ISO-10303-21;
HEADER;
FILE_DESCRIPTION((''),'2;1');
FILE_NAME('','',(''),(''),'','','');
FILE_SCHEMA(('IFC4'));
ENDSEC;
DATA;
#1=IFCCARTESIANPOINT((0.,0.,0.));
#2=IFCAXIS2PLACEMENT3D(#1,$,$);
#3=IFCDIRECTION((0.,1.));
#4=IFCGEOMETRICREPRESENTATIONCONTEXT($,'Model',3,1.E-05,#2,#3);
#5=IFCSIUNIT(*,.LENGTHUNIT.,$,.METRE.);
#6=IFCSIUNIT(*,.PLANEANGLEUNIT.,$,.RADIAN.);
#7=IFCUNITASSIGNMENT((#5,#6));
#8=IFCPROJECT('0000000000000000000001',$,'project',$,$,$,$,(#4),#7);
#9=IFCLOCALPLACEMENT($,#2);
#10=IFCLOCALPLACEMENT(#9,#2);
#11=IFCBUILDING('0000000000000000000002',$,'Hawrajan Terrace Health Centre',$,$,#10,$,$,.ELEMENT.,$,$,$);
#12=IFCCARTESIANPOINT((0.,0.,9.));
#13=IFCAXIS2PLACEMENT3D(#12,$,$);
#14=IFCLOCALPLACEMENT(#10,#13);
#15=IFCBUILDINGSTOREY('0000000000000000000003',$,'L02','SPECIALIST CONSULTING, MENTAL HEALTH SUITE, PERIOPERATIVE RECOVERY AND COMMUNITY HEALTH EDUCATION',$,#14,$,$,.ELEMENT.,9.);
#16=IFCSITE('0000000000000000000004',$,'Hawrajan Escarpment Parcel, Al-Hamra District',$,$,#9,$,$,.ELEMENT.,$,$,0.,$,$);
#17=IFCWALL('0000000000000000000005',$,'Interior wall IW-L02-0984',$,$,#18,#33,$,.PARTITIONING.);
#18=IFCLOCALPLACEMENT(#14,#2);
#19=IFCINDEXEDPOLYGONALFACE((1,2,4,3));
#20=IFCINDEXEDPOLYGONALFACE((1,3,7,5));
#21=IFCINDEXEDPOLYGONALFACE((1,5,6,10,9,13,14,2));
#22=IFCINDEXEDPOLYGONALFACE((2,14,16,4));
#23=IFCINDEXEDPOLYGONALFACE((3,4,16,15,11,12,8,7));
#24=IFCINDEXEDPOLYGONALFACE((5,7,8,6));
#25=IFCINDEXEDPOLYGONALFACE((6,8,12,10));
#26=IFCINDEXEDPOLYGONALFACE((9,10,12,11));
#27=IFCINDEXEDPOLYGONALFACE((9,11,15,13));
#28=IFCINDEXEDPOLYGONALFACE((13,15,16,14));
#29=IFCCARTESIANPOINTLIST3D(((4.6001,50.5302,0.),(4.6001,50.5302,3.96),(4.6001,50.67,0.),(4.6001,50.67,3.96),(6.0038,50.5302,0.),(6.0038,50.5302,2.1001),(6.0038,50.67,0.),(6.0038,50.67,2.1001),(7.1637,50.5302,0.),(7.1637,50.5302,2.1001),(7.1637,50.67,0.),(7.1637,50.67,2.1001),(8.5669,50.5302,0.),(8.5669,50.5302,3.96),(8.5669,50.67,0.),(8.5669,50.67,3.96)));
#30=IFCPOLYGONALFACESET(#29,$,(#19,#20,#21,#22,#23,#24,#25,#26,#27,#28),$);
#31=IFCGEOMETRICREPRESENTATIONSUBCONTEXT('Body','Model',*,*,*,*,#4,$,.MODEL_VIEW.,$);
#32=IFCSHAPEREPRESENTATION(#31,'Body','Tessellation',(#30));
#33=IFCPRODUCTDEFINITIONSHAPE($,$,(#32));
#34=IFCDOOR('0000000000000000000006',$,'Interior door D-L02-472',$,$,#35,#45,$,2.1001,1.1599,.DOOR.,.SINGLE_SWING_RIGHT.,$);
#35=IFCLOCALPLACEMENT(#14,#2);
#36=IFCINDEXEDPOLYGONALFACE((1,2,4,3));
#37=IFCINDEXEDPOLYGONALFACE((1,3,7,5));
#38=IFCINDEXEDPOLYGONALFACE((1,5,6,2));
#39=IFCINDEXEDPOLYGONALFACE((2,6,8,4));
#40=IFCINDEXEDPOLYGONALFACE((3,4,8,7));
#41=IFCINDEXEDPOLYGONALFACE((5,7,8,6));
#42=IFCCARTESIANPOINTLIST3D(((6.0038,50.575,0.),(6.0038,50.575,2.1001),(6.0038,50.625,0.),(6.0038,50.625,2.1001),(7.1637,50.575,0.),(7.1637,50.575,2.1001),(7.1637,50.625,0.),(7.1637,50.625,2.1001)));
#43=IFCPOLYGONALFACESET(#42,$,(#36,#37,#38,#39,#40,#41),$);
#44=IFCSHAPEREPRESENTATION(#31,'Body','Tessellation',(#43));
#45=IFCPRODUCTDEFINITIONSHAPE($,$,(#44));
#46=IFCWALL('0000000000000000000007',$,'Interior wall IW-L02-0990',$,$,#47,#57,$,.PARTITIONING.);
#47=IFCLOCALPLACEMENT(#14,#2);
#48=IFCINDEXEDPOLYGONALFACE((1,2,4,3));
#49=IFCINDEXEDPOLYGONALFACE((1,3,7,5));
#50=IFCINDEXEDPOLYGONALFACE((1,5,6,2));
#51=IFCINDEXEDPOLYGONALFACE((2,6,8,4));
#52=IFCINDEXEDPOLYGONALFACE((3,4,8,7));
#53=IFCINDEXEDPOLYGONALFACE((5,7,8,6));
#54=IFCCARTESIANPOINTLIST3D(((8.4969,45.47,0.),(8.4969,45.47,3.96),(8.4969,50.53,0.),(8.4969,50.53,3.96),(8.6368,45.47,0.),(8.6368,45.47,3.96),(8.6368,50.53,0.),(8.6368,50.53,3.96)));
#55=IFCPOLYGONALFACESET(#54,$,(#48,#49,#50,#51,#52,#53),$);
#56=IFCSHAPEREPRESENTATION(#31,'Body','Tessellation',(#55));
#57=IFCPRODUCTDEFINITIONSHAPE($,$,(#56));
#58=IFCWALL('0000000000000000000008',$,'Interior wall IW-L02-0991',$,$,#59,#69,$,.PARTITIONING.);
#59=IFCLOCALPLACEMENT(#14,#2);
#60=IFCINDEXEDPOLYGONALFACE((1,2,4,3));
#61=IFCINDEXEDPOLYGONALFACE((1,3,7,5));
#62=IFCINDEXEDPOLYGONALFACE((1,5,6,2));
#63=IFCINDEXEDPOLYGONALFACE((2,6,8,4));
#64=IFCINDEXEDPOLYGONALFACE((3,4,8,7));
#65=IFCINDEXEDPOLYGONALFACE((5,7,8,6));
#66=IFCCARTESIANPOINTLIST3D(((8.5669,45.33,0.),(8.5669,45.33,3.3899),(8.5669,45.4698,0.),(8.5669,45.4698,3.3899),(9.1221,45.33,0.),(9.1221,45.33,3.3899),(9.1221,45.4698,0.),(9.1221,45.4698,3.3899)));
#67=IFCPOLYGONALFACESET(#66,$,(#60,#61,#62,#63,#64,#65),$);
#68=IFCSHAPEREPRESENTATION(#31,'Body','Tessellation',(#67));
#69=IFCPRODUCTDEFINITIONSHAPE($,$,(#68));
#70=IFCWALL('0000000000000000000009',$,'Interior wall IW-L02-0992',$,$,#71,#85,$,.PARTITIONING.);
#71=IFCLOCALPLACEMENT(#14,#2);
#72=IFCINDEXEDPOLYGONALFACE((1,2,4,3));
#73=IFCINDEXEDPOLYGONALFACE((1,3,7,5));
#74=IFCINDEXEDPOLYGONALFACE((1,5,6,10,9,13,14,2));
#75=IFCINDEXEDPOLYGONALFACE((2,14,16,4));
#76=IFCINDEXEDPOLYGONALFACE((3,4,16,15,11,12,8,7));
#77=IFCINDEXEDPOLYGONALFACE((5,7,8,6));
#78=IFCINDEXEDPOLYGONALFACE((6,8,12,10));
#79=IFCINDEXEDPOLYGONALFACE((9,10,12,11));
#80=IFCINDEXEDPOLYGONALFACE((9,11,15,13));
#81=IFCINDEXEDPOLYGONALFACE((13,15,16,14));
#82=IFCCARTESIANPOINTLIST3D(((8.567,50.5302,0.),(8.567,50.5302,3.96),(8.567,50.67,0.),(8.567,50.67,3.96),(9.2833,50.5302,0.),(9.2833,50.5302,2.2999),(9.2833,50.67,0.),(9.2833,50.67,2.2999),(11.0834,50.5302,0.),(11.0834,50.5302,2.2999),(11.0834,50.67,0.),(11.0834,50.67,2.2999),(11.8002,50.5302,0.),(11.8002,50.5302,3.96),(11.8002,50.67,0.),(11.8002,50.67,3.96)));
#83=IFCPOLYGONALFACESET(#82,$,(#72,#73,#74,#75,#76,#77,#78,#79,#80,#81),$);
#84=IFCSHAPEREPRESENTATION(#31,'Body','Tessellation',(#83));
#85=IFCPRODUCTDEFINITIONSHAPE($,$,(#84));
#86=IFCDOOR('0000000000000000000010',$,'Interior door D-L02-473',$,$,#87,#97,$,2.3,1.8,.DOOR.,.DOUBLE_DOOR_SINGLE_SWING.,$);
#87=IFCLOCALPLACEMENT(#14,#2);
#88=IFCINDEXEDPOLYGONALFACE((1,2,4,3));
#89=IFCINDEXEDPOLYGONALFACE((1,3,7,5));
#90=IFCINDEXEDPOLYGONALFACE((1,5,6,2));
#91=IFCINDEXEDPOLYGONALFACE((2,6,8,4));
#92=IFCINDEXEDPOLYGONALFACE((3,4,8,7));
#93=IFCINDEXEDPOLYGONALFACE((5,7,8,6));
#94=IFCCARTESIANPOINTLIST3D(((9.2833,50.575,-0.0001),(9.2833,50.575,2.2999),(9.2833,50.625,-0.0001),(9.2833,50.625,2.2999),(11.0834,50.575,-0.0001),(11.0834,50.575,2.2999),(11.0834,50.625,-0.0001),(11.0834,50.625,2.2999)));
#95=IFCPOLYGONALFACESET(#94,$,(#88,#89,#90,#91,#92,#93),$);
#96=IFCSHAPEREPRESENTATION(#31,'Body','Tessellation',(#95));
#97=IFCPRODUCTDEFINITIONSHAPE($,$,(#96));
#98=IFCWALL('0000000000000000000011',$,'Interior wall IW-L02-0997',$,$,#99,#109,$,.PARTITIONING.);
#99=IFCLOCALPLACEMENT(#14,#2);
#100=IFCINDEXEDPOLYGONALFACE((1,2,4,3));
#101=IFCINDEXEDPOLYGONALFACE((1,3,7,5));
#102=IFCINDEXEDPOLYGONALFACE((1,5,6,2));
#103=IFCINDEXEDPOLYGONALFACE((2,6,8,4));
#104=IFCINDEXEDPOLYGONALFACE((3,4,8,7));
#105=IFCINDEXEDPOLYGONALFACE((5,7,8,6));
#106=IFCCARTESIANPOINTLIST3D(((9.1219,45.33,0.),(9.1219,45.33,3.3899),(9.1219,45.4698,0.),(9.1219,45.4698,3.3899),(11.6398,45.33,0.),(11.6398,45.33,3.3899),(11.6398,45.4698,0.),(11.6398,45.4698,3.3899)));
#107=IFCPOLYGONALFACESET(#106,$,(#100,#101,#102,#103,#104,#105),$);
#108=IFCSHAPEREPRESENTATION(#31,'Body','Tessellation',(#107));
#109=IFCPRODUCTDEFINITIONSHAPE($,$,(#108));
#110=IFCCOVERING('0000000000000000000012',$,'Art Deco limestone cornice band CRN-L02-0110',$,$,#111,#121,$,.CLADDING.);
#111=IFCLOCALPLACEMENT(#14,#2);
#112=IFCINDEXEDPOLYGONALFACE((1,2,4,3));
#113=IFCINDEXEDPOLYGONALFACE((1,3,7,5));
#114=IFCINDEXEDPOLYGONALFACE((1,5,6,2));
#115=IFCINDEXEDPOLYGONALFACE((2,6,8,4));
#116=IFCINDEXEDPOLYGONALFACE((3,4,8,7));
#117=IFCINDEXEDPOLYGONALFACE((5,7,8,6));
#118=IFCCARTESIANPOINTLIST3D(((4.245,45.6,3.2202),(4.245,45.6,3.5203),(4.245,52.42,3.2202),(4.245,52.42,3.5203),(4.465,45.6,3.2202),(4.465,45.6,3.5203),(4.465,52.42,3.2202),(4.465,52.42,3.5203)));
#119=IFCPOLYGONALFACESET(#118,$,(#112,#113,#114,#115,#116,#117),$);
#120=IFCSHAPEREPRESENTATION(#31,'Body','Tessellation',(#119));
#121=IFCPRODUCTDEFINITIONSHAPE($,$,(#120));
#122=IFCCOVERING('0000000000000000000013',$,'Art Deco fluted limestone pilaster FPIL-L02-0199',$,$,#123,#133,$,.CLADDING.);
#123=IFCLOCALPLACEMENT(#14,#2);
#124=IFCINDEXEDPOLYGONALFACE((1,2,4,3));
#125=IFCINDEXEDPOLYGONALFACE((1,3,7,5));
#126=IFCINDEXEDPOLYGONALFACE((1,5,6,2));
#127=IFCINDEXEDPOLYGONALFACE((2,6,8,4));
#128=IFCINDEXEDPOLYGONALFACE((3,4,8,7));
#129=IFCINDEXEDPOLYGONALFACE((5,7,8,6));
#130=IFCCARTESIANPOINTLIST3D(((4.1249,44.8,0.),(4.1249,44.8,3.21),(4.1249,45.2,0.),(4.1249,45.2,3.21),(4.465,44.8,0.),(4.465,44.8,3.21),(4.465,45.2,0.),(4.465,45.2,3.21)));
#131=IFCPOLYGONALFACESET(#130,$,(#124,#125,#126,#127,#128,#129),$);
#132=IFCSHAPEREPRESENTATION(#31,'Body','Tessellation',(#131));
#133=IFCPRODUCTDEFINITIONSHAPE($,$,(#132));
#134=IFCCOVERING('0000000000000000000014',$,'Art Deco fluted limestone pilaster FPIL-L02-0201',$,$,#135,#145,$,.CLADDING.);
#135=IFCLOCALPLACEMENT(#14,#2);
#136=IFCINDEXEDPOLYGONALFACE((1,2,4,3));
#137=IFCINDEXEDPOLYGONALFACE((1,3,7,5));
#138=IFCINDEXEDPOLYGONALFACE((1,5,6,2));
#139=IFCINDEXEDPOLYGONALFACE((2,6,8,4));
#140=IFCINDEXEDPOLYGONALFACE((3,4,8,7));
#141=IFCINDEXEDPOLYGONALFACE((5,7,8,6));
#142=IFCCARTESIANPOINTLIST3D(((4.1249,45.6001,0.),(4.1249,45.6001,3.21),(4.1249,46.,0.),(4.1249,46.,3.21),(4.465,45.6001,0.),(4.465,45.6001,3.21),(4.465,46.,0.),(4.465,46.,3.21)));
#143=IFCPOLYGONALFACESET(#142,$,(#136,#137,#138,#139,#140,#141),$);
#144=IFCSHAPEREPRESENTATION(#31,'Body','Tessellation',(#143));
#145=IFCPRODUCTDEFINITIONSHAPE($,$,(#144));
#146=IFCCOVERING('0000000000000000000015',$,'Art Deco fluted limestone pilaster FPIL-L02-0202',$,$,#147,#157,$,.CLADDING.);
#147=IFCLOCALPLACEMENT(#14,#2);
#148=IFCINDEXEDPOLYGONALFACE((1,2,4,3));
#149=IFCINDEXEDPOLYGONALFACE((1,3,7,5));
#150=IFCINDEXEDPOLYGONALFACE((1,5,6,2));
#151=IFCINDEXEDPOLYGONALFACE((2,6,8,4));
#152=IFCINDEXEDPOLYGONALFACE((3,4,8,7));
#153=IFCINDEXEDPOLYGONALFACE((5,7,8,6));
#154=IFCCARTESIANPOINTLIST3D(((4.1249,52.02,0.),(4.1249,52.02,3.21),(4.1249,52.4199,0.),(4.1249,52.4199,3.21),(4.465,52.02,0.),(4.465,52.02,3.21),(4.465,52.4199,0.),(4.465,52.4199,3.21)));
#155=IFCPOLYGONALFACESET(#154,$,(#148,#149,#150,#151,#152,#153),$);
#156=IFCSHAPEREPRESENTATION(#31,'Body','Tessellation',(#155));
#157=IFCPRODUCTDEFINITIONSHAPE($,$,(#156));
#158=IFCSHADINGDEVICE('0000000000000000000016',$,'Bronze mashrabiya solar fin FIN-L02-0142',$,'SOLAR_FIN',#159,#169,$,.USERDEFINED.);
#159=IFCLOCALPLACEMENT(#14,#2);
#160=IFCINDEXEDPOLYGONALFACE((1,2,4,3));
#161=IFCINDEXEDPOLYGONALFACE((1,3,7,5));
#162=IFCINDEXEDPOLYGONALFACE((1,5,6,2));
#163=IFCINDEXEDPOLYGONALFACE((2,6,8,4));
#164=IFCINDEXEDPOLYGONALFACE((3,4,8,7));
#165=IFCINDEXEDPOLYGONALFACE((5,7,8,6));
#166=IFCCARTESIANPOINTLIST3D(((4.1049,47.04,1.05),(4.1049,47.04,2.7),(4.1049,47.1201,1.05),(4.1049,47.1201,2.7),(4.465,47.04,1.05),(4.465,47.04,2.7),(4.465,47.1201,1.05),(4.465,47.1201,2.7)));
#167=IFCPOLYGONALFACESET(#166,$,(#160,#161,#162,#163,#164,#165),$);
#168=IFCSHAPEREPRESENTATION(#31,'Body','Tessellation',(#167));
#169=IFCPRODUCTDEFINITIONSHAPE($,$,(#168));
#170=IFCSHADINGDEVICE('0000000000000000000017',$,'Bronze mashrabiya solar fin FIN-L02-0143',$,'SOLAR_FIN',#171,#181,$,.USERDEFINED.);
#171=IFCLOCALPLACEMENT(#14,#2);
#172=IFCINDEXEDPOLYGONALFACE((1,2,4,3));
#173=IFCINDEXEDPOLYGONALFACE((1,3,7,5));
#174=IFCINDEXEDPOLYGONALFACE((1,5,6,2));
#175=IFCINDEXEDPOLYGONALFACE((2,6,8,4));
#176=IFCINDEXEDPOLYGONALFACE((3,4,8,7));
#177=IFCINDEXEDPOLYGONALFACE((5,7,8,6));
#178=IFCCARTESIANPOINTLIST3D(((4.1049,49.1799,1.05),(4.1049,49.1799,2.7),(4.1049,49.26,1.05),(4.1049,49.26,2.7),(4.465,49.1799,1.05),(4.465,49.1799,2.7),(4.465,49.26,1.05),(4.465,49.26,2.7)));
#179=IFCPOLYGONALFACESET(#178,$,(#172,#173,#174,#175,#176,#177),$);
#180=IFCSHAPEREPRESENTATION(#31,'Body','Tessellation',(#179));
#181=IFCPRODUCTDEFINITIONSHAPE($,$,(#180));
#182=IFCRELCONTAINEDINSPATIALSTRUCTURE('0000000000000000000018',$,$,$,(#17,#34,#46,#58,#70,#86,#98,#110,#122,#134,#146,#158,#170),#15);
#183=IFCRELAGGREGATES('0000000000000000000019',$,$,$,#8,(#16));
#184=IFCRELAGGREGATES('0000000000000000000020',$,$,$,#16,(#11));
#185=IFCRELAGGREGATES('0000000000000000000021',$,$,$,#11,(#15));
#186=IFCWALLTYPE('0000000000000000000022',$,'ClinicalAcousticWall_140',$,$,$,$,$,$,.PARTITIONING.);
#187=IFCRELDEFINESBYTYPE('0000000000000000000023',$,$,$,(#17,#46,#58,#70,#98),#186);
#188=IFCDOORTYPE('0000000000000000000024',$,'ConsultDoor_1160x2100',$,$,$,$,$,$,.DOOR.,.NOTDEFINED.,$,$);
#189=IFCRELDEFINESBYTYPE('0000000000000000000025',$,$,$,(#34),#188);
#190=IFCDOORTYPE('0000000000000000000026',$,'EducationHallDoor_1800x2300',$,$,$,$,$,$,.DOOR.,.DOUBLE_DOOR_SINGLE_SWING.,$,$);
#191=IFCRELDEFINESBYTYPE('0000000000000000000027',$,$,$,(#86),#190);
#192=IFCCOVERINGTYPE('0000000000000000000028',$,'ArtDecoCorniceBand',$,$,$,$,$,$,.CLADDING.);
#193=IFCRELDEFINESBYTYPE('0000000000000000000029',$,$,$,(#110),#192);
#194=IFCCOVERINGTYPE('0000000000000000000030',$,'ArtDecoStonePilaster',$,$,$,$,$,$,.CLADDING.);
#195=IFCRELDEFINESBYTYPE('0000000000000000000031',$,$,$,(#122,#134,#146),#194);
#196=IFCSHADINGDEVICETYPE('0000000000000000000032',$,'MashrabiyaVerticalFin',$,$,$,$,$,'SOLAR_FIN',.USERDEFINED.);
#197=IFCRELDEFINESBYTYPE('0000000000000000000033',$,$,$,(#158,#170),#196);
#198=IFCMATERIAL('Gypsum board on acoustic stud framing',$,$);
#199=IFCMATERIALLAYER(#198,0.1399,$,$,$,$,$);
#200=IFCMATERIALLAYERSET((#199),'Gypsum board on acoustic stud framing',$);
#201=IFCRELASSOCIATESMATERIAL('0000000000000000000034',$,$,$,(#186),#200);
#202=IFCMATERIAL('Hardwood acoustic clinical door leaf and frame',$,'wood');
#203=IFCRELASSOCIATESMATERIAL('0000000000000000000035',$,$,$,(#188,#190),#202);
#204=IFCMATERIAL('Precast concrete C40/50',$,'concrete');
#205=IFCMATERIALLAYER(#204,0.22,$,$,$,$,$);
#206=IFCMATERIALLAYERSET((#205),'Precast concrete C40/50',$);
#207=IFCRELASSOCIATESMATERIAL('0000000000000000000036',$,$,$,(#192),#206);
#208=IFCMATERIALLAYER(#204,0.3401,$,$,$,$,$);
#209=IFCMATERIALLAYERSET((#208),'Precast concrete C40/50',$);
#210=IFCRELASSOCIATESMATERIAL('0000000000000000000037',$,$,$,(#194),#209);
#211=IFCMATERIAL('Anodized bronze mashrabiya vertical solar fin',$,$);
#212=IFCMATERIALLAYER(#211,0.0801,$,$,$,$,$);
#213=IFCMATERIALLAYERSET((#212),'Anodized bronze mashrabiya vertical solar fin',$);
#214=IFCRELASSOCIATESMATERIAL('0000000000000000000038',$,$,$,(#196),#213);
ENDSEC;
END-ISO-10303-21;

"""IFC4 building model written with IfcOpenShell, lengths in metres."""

from ifc_helpers import new_model, si_unit, direction, frame, frame_2d, origin, origin_2d, place, context, subcontext, project, spatial, rectangle, extrude, material, layer, layer_set, type_object, element, fill, save


model = new_model("IFC4")

# Units and contexts
model_context = context("Model", 3, precision=1e-05, world=origin(), true_north=direction((0.0, 1.0)))
body_context = subcontext(model_context, "Body", "Model", "MODEL_VIEW")
ifc_project = project(units=[si_unit("LENGTHUNIT", "METRE"), si_unit("PLANEANGLEUNIT", "RADIAN")], contexts=[model_context])

# Site, building, storey
site_placement = place(None, origin())
site = spatial("IfcSite", under=ifc_project, at=site_placement, Name="Hawrajan Escarpment Parcel, Al-Hamra District", CompositionType="ELEMENT", RefElevation=0.0)
building_placement = place(site_placement, origin())
building = spatial("IfcBuilding", under=site, at=building_placement, Name="Hawrajan Terrace Health Centre", CompositionType="ELEMENT")
storey_placement = place(building_placement, frame((0.0, 0.0, 9.0)))
storey = spatial("IfcBuildingStorey", under=building, at=storey_placement, Name="L02", Description="SPECIALIST CONSULTING, MENTAL HEALTH SUITE, PERIOPERATIVE RECOVERY AND COMMUNITY HEALTH EDUCATION", CompositionType="ELEMENT", Elevation=9.0)

# Shared definitions
ifc_material_1 = material(Name="Precast concrete C40/50", Category="concrete")

# Shared definitions
ifc_material_2 = material(Name="Gypsum board on acoustic stud framing")
ifc_layer_1 = layer(ifc_material_2, 0.1399)
ifc_layer_set_1 = layer_set([ifc_layer_1], Name="Gypsum board on acoustic stud framing")
wall_type_1 = type_object("IfcWallType", Name="ClinicalAcousticWall_140", PredefinedType="PARTITIONING", material=ifc_layer_set_1)

# Wall, opening, door
wall_1_placement = place(storey_placement, frame((4.6001, 50.6001, 0.0), z_axis=(0.0, 0.0, 1.0), x_axis=(1.0, 0.0, 0.0)))
wall_1 = element("IfcWall", 1, at=wall_1_placement, inside=storey, type_object=wall_type_1, Name="Interior wall IW-L02-0984", PredefinedType="PARTITIONING", context=body_context, shape_type="SweptSolid", body=[
    extrude(rectangle(XDim=3.9668, YDim=0.1399, at=frame_2d((1.9834, 0.0))), origin(), (0.0, 0.0, 1.0), 3.96),
])
opening_1_placement = place(wall_1_placement, frame((1.4036, 0.0, 0.0)))
opening_1 = element("IfcOpeningElement", 2, at=opening_1_placement, cuts=wall_1, PredefinedType="OPENING", context=body_context, shape_type="SweptSolid", body=[
    extrude(rectangle(XDim=1.1599, YDim=2.1001, at=frame_2d((0.5801, 1.05))), frame((0.0, 0.0798, 0.0), z_axis=(0.0, -1.0, 0.0), x_axis=(1.0, 0.0, 0.0)), (0.0, 0.0, 1.0), 0.1599),
])
ifc_material_3 = material(Name="Hardwood acoustic clinical door leaf and frame", Category="wood")
door_type_1 = type_object("IfcDoorType", Name="ConsultDoor_1160x2100", OperationType="NOTDEFINED", PredefinedType="DOOR", material=ifc_material_3)
door_1_placement = place(opening_1_placement, origin())
door_1 = element("IfcDoor", 3, at=door_1_placement, inside=storey, type_object=door_type_1, Name="Interior door D-L02-472", OperationType="SINGLE_SWING_RIGHT", OverallHeight=2.1001, OverallWidth=1.1599, PredefinedType="DOOR", context=body_context, shape_type="SweptSolid", body=[
    extrude(rectangle(XDim=1.1599, YDim=2.1001, at=frame_2d((0.5801, 1.05))), frame((0.0, 0.0249, 0.0), z_axis=(0.0, -1.0, 0.0), x_axis=(1.0, 0.0, 0.0)), (0.0, 0.0, 1.0), 0.05),
])
fill(opening_1, door_1)

# Walls
wall_2_placement = place(storey_placement, frame((8.5669, 45.47, 0.0), z_axis=(0.0, 0.0, 1.0), x_axis=(0.0, 1.0, 0.0)))
element("IfcWall", 4, at=wall_2_placement, inside=storey, type_object=wall_type_1, Name="Interior wall IW-L02-0990", PredefinedType="PARTITIONING", context=body_context, shape_type="SweptSolid", body=[
    extrude(rectangle(XDim=5.0601, YDim=0.1399, at=frame_2d((2.53, 0.0))), origin(), (0.0, 0.0, 1.0), 3.96),
])
wall_3_placement = place(storey_placement, frame((8.5669, 45.3999, 0.0), z_axis=(0.0, 0.0, 1.0), x_axis=(1.0, 0.0, 0.0)))
element("IfcWall", 5, at=wall_3_placement, inside=storey, type_object=wall_type_1, Name="Interior wall IW-L02-0991", PredefinedType="PARTITIONING", context=body_context, shape_type="SweptSolid", body=[
    extrude(rectangle(XDim=0.5552, YDim=0.1399, at=frame_2d((0.2776, 0.0))), origin(), (0.0, 0.0, 1.0), 3.3899),
])

# Wall, opening, door
wall_4_placement = place(storey_placement, frame((8.5669, 50.6001, 0.0), z_axis=(0.0, 0.0, 1.0), x_axis=(1.0, 0.0, 0.0)))
wall_4 = element("IfcWall", 6, at=wall_4_placement, inside=storey, type_object=wall_type_1, Name="Interior wall IW-L02-0992", PredefinedType="PARTITIONING", context=body_context, shape_type="SweptSolid", body=[
    extrude(rectangle(XDim=3.2332, YDim=0.1399, at=frame_2d((1.6167, 0.0))), origin(), (0.0, 0.0, 1.0), 3.96),
])
opening_2_placement = place(wall_4_placement, frame((0.7166, 0.0, 0.0)))
opening_2 = element("IfcOpeningElement", 7, at=opening_2_placement, cuts=wall_4, PredefinedType="OPENING", context=body_context, shape_type="SweptSolid", body=[
    extrude(rectangle(XDim=1.8, YDim=2.3, at=frame_2d((0.8999, 1.1499))), frame((0.0, 0.0798, 0.0), z_axis=(0.0, -1.0, 0.0), x_axis=(1.0, 0.0, 0.0)), (0.0, 0.0, 1.0), 0.1599),
])
door_type_2 = type_object("IfcDoorType", Name="EducationHallDoor_1800x2300", OperationType="DOUBLE_DOOR_SINGLE_SWING", PredefinedType="DOOR", material=ifc_material_3)
door_2_placement = place(opening_2_placement, origin())
door_2 = element("IfcDoor", 8, at=door_2_placement, inside=storey, type_object=door_type_2, Name="Interior door D-L02-473", OperationType="DOUBLE_DOOR_SINGLE_SWING", OverallHeight=2.3, OverallWidth=1.8, PredefinedType="DOOR", context=body_context, shape_type="SweptSolid", body=[
    extrude(rectangle(XDim=1.8, YDim=2.3, at=frame_2d((0.8999, 1.1499))), frame((0.0, 0.0249, 0.0), z_axis=(0.0, -1.0, 0.0), x_axis=(1.0, 0.0, 0.0)), (0.0, 0.0, 1.0), 0.05),
])
fill(opening_2, door_2)

# Wall
wall_5_placement = place(storey_placement, frame((9.1221, 45.3999, 0.0), z_axis=(0.0, 0.0, 1.0), x_axis=(1.0, 0.0, 0.0)))
element("IfcWall", 9, at=wall_5_placement, inside=storey, type_object=wall_type_1, Name="Interior wall IW-L02-0997", PredefinedType="PARTITIONING", context=body_context, shape_type="SweptSolid", body=[
    extrude(rectangle(XDim=2.5178, YDim=0.1399, at=frame_2d((1.2588, 0.0))), origin(), (0.0, 0.0, 1.0), 3.3899),
])

# Coverings
ifc_layer_2 = layer(ifc_material_1, 0.22)
ifc_layer_set_2 = layer_set([ifc_layer_2], Name="Precast concrete C40/50")
covering_type_1 = type_object("IfcCoveringType", Name="ArtDecoCorniceBand", PredefinedType="CLADDING", material=ifc_layer_set_2)
covering_placement = place(storey_placement, frame((4.355, 49.01, 3.2202), z_axis=(0.0, 0.0, 1.0), x_axis=(0.0, 1.0, 0.0)))
element("IfcCovering", 10, at=covering_placement, inside=storey, type_object=covering_type_1, Name="Art Deco limestone cornice band CRN-L02-0110", PredefinedType="CLADDING", context=body_context, shape_type="SweptSolid", body=[
    extrude(rectangle(XDim=6.8201, YDim=0.22, at=origin_2d()), origin(), (0.0, 0.0, 1.0), 0.3),
])
ifc_layer_3 = layer(ifc_material_1, 0.3401)
ifc_layer_set_3 = layer_set([ifc_layer_3], Name="Precast concrete C40/50")
covering_type_2 = type_object("IfcCoveringType", Name="ArtDecoStonePilaster", PredefinedType="CLADDING", material=ifc_layer_set_3)
for number, where, z_axis, x_axis, name in (
    (11, (4.2949, 45.0, 0.0), (0.0, 0.0, 1.0), (0.0, 1.0, 0.0), "Art Deco fluted limestone pilaster FPIL-L02-0199"),
    (12, (4.2949, 45.8, 0.0), (0.0, 0.0, 1.0), (0.0, 1.0, 0.0), "Art Deco fluted limestone pilaster FPIL-L02-0201"),
    (13, (4.2949, 52.22, 0.0), (0.0, 0.0, 1.0), (0.0, 1.0, 0.0), "Art Deco fluted limestone pilaster FPIL-L02-0202"),
):
    element("IfcCovering", number, at=place(storey_placement, frame(where, z_axis=z_axis, x_axis=x_axis)), inside=storey, type_object=covering_type_2, Name=name, PredefinedType="CLADDING", context=body_context, shape_type="SweptSolid", body=[
        extrude(rectangle(XDim=0.3999, YDim=0.3401, at=origin_2d()), origin(), (0.0, 0.0, 1.0), 3.21),
    ])

# Shading devices
ifc_material_4 = material(Name="Anodized bronze mashrabiya vertical solar fin")
ifc_layer_4 = layer(ifc_material_4, 0.0801)
ifc_layer_set_4 = layer_set([ifc_layer_4], Name="Anodized bronze mashrabiya vertical solar fin")
shading_device_type = type_object("IfcShadingDeviceType", Name="MashrabiyaVerticalFin", ElementType="SOLAR_FIN", PredefinedType="USERDEFINED", material=ifc_layer_set_4)
for number, where, z_axis, x_axis, name in (
    (14, (4.2849, 47.0801, 1.05), (0.0, 0.0, 1.0), (0.0, 1.0, 0.0), "Bronze mashrabiya solar fin FIN-L02-0142"),
    (15, (4.2849, 49.22, 1.05), (0.0, 0.0, 1.0), (0.0, 1.0, 0.0), "Bronze mashrabiya solar fin FIN-L02-0143"),
):
    element("IfcShadingDevice", number, at=place(storey_placement, frame(where, z_axis=z_axis, x_axis=x_axis)), inside=storey, type_object=shading_device_type, Name=name, ObjectType="SOLAR_FIN", PredefinedType="USERDEFINED", context=body_context, shape_type="SweptSolid", body=[
        extrude(rectangle(XDim=0.0801, YDim=0.3601, at=origin_2d()), origin(), (0.0, 0.0, 1.0), 1.6499),
    ])

save(model, "model.ifc")
